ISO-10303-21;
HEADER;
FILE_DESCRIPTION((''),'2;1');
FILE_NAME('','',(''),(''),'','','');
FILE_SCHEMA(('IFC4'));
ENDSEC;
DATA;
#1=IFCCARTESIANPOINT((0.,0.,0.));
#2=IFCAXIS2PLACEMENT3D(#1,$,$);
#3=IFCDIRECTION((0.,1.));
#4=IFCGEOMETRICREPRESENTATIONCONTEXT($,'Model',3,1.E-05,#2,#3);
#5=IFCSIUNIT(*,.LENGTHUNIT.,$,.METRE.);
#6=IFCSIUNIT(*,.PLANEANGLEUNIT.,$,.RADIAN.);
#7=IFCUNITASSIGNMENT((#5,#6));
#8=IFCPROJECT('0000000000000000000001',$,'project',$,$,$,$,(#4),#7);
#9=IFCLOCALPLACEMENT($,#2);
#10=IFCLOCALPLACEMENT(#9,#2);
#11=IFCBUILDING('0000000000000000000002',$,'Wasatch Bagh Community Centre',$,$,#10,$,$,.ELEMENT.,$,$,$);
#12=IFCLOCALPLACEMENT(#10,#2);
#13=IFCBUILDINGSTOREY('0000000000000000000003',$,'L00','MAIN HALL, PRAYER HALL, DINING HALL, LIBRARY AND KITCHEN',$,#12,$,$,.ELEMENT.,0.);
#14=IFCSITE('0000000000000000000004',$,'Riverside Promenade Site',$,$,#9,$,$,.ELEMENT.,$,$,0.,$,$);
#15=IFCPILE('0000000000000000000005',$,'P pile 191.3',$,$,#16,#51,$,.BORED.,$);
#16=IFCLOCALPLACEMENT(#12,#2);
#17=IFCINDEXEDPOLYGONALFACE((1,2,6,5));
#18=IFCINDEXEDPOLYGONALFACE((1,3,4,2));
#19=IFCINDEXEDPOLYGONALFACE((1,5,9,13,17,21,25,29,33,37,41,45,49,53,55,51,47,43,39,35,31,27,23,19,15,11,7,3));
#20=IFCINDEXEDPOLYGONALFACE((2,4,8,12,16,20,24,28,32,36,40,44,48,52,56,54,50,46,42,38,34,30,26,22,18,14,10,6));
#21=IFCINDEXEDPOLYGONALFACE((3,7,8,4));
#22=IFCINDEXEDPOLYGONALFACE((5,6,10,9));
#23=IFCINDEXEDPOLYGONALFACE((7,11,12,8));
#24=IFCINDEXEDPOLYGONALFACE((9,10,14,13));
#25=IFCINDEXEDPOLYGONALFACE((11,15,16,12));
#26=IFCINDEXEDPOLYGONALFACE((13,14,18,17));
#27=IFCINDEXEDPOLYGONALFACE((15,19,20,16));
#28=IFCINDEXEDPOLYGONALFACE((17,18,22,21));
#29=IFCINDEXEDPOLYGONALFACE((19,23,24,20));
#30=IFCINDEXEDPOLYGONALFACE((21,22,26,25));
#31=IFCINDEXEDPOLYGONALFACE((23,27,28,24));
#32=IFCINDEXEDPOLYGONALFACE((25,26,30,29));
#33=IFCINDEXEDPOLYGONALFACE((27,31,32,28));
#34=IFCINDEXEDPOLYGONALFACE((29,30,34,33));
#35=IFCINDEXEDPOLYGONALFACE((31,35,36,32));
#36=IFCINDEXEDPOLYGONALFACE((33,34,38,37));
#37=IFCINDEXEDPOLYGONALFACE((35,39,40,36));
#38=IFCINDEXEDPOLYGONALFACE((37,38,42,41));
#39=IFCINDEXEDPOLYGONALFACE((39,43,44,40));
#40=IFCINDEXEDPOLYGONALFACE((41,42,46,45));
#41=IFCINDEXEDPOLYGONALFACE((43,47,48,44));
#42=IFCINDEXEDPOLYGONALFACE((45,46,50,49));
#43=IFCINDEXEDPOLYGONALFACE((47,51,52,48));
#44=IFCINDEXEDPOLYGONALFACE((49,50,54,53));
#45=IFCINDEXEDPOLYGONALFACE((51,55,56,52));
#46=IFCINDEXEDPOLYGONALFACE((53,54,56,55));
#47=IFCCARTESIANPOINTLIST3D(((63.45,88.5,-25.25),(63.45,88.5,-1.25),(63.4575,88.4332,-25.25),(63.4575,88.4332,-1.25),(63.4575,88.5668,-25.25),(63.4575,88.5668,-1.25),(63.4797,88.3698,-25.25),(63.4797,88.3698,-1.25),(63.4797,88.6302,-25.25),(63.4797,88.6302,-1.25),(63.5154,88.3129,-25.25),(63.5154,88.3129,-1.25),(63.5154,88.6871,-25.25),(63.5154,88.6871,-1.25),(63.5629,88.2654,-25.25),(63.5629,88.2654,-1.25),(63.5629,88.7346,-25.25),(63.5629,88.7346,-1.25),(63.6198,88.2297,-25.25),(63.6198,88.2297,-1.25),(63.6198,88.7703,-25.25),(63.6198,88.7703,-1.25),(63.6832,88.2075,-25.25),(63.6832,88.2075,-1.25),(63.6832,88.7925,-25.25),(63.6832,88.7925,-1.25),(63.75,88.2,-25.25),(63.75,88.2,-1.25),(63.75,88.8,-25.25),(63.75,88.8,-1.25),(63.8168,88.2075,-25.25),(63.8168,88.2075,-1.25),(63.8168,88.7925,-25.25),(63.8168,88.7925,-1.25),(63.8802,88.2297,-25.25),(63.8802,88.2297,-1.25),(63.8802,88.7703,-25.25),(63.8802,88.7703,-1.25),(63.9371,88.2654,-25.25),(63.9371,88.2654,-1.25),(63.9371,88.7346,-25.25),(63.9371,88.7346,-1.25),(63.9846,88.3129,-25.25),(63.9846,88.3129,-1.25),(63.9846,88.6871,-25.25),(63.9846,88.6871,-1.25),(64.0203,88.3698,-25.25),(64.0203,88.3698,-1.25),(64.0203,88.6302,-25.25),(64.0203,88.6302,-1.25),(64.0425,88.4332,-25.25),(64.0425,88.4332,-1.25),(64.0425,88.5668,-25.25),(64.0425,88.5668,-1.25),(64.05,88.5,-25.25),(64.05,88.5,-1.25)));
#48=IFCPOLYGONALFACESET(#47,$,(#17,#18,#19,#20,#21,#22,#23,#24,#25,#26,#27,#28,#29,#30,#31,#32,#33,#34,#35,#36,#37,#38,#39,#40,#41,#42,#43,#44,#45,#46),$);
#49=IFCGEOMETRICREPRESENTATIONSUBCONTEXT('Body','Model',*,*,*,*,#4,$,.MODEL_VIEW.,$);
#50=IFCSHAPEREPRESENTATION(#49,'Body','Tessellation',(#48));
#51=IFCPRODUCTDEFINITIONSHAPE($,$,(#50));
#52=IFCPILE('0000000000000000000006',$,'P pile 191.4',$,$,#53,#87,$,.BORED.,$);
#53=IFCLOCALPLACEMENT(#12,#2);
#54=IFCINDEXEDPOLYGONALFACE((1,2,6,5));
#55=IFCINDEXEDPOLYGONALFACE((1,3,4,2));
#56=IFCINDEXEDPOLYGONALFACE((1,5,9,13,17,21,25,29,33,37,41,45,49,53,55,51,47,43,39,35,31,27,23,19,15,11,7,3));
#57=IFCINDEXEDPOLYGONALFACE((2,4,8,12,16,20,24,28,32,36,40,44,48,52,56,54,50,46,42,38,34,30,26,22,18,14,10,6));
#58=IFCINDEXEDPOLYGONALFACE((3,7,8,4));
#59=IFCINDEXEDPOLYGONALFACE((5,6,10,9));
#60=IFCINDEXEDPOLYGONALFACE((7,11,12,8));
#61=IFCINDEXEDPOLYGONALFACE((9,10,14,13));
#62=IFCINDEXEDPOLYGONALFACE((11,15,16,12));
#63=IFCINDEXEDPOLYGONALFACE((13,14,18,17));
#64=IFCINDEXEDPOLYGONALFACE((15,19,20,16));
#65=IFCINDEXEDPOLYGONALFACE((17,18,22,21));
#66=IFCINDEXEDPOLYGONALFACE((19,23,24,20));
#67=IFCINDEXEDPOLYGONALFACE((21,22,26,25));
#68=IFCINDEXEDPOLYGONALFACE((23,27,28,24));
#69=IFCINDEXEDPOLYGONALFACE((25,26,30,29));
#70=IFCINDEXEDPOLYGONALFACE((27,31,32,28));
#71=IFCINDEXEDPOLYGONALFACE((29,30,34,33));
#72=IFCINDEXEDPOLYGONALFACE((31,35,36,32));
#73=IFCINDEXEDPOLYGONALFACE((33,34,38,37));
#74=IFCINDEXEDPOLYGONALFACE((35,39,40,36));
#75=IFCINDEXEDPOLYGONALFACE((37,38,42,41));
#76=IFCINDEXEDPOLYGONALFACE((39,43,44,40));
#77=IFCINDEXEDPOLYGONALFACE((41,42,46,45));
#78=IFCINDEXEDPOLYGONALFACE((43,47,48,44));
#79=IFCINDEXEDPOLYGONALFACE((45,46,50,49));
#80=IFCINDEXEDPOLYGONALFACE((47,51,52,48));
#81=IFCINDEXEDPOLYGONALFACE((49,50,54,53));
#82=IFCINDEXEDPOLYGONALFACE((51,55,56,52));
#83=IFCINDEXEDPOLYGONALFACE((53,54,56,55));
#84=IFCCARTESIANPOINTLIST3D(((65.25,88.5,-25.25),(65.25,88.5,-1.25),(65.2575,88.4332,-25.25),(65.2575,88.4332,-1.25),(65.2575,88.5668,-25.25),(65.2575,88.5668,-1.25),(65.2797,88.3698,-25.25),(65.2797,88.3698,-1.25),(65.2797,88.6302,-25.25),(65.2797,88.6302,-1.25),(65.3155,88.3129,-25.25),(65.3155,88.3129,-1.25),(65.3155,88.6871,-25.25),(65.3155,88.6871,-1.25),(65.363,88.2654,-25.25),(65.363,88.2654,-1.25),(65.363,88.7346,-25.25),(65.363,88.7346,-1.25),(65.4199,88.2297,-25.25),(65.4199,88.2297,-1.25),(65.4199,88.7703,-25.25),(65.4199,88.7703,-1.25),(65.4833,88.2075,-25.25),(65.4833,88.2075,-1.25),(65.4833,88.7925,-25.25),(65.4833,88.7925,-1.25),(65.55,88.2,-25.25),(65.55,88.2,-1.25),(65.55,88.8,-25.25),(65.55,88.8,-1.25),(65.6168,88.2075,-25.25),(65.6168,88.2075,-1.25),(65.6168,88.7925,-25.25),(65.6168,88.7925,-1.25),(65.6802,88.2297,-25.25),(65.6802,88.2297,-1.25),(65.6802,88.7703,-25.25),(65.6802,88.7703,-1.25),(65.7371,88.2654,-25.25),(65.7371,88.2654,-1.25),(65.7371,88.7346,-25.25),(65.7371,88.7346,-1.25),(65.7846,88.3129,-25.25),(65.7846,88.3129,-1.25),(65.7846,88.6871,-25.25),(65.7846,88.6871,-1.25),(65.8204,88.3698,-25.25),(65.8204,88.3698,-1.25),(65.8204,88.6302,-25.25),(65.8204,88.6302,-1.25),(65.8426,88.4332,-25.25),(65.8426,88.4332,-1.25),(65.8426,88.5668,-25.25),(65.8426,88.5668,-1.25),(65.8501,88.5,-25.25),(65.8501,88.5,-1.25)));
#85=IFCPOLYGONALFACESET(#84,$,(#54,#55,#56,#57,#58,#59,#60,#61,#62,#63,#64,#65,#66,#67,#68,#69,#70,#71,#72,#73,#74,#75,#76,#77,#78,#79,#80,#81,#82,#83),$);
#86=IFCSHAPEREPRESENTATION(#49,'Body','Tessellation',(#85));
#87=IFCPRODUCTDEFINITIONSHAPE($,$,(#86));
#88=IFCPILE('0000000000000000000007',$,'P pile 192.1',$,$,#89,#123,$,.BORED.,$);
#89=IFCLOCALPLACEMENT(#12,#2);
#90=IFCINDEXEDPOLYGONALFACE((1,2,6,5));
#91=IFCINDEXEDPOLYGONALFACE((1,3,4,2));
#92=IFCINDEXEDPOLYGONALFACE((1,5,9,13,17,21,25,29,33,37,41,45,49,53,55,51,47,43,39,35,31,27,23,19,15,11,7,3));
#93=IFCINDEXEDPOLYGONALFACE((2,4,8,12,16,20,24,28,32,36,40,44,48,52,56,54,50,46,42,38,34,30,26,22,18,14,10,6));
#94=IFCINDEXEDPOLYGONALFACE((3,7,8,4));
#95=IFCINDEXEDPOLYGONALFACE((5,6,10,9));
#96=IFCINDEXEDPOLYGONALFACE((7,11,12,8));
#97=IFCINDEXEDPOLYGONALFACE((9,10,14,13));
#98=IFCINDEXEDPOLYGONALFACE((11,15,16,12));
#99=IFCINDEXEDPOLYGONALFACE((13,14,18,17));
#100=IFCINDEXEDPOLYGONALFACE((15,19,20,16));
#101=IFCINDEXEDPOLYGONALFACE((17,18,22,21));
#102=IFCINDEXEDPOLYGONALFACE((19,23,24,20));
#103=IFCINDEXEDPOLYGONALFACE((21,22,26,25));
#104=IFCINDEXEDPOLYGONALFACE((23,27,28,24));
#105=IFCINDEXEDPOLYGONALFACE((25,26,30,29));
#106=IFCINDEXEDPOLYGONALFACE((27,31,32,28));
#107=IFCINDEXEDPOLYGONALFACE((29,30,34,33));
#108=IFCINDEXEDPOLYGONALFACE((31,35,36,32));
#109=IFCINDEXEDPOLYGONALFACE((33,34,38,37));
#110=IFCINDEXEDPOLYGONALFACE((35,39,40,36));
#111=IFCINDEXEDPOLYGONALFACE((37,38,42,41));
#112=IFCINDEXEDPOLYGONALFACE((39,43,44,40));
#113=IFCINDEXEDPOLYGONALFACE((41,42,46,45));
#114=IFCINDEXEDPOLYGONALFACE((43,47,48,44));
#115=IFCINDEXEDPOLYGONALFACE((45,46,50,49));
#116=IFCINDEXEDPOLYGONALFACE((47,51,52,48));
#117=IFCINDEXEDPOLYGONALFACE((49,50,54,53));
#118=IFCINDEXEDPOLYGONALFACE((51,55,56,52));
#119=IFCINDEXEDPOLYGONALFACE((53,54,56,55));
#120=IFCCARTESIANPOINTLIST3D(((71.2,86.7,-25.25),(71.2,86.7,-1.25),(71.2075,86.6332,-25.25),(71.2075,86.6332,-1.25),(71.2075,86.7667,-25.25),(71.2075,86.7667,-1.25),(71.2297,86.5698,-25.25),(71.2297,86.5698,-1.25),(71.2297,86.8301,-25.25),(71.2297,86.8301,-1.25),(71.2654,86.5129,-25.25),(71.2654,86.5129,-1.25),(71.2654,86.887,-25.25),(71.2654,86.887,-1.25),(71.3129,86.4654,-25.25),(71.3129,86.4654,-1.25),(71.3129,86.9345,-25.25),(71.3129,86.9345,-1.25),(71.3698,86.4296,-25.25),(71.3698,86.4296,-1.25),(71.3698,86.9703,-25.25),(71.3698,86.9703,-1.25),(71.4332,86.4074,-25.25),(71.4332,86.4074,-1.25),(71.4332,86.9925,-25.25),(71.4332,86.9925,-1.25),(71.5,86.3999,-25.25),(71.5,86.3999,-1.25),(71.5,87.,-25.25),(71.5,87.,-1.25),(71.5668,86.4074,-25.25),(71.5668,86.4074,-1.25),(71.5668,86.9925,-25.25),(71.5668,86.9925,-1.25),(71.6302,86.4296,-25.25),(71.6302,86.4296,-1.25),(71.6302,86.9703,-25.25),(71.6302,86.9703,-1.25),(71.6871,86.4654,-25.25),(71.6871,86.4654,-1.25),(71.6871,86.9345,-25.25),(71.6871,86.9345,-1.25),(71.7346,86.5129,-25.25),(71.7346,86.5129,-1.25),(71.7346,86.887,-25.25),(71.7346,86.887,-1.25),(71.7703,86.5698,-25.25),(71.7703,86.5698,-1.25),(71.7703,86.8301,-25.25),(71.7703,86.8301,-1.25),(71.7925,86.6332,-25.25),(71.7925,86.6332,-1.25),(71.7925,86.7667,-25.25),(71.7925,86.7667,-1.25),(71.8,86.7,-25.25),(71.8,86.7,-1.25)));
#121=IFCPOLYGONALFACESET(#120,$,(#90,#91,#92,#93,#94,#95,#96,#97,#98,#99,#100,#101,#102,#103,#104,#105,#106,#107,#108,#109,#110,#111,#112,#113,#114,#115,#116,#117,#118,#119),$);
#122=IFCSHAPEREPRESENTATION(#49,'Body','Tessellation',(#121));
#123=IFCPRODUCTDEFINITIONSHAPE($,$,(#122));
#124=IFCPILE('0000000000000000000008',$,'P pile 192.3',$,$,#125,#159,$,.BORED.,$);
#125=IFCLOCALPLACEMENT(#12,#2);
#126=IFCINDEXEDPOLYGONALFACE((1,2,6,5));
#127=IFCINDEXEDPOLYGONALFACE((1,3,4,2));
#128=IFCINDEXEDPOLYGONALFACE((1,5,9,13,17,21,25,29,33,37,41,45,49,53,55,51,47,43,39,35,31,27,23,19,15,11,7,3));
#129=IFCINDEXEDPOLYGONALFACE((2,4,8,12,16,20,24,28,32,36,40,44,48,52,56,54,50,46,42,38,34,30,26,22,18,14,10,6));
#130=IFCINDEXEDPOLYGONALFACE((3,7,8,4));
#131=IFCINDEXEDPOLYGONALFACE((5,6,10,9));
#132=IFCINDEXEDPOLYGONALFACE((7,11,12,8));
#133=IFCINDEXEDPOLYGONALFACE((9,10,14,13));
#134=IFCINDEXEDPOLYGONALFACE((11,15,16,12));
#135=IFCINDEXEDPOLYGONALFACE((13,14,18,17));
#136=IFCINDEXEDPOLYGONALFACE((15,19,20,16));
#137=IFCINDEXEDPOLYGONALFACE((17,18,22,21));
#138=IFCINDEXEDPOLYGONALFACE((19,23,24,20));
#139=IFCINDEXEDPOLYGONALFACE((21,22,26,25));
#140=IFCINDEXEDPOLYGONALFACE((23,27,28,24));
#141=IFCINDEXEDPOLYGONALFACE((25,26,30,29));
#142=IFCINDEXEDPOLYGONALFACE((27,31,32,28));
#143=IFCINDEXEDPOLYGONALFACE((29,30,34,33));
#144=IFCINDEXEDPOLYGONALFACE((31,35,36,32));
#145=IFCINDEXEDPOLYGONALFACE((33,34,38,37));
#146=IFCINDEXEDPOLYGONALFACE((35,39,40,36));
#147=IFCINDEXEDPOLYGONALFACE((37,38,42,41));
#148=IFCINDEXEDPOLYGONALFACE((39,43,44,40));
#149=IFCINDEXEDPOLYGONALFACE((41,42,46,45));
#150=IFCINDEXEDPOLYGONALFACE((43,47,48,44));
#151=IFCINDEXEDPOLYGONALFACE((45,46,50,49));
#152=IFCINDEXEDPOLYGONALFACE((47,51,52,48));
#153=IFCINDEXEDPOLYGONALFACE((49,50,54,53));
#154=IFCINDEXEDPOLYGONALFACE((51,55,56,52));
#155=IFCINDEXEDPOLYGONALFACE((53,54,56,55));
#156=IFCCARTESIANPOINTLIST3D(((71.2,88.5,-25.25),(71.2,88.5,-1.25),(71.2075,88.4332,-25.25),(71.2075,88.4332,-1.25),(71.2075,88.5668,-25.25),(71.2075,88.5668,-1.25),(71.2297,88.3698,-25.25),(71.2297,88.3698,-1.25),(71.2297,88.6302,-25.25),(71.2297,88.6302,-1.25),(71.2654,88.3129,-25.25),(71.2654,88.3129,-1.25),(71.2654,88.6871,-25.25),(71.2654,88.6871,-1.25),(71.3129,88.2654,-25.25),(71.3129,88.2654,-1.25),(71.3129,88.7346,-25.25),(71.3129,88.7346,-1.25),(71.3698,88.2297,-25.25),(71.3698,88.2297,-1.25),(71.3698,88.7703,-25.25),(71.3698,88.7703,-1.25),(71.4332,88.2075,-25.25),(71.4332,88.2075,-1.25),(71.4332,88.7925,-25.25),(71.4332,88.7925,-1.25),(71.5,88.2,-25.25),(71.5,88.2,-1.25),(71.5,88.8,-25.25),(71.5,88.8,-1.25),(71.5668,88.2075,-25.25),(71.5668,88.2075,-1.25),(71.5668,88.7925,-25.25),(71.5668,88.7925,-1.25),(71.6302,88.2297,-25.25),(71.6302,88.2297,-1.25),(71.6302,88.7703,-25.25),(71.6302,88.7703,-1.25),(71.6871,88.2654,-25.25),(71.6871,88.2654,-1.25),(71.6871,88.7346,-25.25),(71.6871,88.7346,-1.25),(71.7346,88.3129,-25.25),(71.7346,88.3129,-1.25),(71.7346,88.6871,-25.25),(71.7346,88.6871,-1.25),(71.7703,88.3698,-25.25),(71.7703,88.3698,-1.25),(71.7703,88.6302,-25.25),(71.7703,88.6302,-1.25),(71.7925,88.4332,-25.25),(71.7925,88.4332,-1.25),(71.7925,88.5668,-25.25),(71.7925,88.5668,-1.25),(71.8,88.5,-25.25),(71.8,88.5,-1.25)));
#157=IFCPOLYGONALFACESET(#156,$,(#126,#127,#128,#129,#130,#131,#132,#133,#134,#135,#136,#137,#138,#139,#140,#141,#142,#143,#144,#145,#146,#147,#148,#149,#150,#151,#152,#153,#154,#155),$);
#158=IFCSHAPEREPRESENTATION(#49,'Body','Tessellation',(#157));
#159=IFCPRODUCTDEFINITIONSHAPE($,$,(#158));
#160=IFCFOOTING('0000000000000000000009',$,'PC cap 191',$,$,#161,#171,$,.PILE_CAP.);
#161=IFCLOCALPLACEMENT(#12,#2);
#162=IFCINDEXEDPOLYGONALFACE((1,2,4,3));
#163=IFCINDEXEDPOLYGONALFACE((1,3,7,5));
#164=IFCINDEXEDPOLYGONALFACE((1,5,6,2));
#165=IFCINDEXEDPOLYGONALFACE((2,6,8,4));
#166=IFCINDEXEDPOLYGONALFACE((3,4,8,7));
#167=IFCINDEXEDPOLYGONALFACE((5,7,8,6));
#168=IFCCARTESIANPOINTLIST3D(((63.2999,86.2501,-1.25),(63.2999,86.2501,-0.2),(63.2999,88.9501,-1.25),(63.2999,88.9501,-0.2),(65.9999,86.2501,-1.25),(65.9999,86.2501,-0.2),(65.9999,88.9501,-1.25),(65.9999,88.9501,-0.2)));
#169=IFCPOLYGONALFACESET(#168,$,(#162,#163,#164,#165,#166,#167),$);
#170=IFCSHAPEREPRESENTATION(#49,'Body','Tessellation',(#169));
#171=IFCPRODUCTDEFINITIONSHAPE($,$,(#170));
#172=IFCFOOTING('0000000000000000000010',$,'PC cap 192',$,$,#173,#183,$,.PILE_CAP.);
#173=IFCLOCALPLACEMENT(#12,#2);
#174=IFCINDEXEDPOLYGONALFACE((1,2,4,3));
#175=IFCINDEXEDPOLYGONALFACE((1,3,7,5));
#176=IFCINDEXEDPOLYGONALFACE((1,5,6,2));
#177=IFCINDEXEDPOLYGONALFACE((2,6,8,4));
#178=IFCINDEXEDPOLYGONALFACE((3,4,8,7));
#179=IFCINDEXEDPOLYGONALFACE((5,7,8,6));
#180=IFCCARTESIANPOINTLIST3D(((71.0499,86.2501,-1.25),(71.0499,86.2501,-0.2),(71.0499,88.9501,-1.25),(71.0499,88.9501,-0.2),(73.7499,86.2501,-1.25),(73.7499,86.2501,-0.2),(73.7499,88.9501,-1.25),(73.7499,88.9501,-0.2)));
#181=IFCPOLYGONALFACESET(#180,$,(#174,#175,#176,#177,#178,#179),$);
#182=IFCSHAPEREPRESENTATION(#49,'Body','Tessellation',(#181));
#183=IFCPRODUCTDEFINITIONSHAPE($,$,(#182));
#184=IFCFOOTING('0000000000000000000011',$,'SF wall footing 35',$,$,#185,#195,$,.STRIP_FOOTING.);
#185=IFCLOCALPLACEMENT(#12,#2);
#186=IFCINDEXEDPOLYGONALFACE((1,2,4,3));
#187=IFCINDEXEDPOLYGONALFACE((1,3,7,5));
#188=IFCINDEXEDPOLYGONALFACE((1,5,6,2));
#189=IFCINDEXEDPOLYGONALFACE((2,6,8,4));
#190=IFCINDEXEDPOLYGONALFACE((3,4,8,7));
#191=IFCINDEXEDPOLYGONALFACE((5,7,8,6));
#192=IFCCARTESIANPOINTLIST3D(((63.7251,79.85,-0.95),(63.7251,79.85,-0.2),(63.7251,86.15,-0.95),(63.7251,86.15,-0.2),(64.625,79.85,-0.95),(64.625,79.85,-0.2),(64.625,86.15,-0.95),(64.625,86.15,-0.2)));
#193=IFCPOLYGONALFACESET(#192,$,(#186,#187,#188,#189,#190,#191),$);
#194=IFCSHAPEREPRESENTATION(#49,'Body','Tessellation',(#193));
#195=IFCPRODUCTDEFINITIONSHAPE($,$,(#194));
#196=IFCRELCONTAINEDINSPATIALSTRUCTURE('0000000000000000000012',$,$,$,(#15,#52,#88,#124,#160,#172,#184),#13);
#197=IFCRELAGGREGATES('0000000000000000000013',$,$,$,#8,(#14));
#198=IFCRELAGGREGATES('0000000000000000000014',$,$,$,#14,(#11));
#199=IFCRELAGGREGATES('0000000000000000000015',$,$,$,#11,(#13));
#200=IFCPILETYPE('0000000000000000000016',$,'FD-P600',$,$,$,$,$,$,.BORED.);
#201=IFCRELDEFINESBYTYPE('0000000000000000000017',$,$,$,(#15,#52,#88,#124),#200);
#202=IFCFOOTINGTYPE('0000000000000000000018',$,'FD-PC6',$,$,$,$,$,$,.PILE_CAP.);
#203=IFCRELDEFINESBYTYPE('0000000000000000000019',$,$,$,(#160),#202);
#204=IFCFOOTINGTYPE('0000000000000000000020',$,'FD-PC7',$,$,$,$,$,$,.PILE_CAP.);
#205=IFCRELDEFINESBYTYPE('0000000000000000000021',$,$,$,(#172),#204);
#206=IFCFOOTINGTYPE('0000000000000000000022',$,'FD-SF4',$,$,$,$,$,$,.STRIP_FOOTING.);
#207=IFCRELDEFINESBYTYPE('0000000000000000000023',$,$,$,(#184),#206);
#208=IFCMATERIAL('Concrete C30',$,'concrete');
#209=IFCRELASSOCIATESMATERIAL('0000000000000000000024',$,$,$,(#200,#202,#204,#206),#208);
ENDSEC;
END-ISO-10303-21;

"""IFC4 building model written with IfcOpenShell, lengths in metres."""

from ifc_helpers import new_model, si_unit, direction, frame, origin, origin_2d, place, context, subcontext, project, spatial, rectangle, circle, extrude, material, material_profile, profile_set, type_object, element, save


model = new_model("IFC4")

# Units and contexts
model_context = context("Model", 3, precision=1e-05, world=origin(), true_north=direction((0.0, 1.0)))
body_context = subcontext(model_context, "Body", "Model", "MODEL_VIEW")
ifc_project = project(units=[si_unit("LENGTHUNIT", "METRE"), si_unit("PLANEANGLEUNIT", "RADIAN")], contexts=[model_context])

# Site, building, storey
site_placement = place(None, origin())
site = spatial("IfcSite", under=ifc_project, at=site_placement, Name="Riverside Promenade Site", CompositionType="ELEMENT", RefElevation=0.0)
building_placement = place(site_placement, origin())
building = spatial("IfcBuilding", under=site, at=building_placement, Name="Wasatch Bagh Community Centre", CompositionType="ELEMENT")
storey_placement = place(building_placement, origin())
storey = spatial("IfcBuildingStorey", under=building, at=storey_placement, Name="L00", Description="MAIN HALL, PRAYER HALL, DINING HALL, LIBRARY AND KITCHEN", CompositionType="ELEMENT", Elevation=0.0)

# Piles
ifc_material_1 = material(Name="Concrete C30", Category="concrete")
ifc_material_profile_1 = material_profile(ifc_material_1, circle(Radius=0.3, at=origin_2d()), Name="RC D600")
ifc_profile_set_1 = profile_set([ifc_material_profile_1], Name="Concrete C30")
pile_type_1 = type_object("IfcPileType", Name="FD-P600", PredefinedType="BORED", material=ifc_profile_set_1)
for number, where, z_axis, x_axis, name in (
    (1, (63.75, 88.5, -1.25), (0.0, 0.0, -1.0), (1.0, 0.0, 0.0), "P pile 191.3"),
    (2, (65.55, 88.5, -1.25), (0.0, 0.0, -1.0), (1.0, 0.0, 0.0), "P pile 191.4"),
    (3, (71.5, 86.7, -1.25), (0.0, 0.0, -1.0), (1.0, 0.0, 0.0), "P pile 192.1"),
    (4, (71.5, 88.5, -1.25), (0.0, 0.0, -1.0), (1.0, 0.0, 0.0), "P pile 192.3"),
):
    element("IfcPile", number, at=place(storey_placement, frame(where, z_axis=z_axis, x_axis=x_axis)), inside=storey, type_object=pile_type_1, Name=name, PredefinedType="BORED", context=body_context, shape_type="SweptSolid", body=[
        extrude(circle(Radius=0.3, at=origin_2d()), origin(), (0.0, 0.0, 1.0), 24.0),
    ])

# Footings
footing_type_1 = type_object("IfcFootingType", Name="FD-PC6", PredefinedType="PILE_CAP", material=ifc_material_1)
footing_1_placement = place(storey_placement, frame((64.6499, 87.6001, -1.25), z_axis=(0.0, 0.0, 1.0), x_axis=(1.0, 0.0, 0.0)))
element("IfcFooting", 5, at=footing_1_placement, inside=storey, type_object=footing_type_1, Name="PC cap 191", PredefinedType="PILE_CAP", context=body_context, shape_type="SweptSolid", body=[
    extrude(rectangle(XDim=2.7, YDim=2.7, at=origin_2d()), origin(), (0.0, 0.0, 1.0), 1.05),
])
footing_type_2 = type_object("IfcFootingType", Name="FD-PC7", PredefinedType="PILE_CAP", material=ifc_material_1)
footing_2_placement = place(storey_placement, frame((72.3999, 87.6001, -1.25), z_axis=(0.0, 0.0, 1.0), x_axis=(1.0, 0.0, 0.0)))
element("IfcFooting", 6, at=footing_2_placement, inside=storey, type_object=footing_type_2, Name="PC cap 192", PredefinedType="PILE_CAP", context=body_context, shape_type="SweptSolid", body=[
    extrude(rectangle(XDim=2.7, YDim=2.7, at=origin_2d()), origin(), (0.0, 0.0, 1.0), 1.05),
])
footing_type_3 = type_object("IfcFootingType", Name="FD-SF4", PredefinedType="STRIP_FOOTING", material=ifc_material_1)
footing_3_placement = place(storey_placement, frame((64.175, 83.0, -0.95), z_axis=(0.0, 0.0, 1.0), x_axis=(0.0, 1.0, 0.0)))
element("IfcFooting", 7, at=footing_3_placement, inside=storey, type_object=footing_type_3, Name="SF wall footing 35", PredefinedType="STRIP_FOOTING", context=body_context, shape_type="SweptSolid", body=[
    extrude(rectangle(XDim=6.3, YDim=0.8999, at=origin_2d()), origin(), (0.0, 0.0, 1.0), 0.75),
])

save(model, "model.ifc")
